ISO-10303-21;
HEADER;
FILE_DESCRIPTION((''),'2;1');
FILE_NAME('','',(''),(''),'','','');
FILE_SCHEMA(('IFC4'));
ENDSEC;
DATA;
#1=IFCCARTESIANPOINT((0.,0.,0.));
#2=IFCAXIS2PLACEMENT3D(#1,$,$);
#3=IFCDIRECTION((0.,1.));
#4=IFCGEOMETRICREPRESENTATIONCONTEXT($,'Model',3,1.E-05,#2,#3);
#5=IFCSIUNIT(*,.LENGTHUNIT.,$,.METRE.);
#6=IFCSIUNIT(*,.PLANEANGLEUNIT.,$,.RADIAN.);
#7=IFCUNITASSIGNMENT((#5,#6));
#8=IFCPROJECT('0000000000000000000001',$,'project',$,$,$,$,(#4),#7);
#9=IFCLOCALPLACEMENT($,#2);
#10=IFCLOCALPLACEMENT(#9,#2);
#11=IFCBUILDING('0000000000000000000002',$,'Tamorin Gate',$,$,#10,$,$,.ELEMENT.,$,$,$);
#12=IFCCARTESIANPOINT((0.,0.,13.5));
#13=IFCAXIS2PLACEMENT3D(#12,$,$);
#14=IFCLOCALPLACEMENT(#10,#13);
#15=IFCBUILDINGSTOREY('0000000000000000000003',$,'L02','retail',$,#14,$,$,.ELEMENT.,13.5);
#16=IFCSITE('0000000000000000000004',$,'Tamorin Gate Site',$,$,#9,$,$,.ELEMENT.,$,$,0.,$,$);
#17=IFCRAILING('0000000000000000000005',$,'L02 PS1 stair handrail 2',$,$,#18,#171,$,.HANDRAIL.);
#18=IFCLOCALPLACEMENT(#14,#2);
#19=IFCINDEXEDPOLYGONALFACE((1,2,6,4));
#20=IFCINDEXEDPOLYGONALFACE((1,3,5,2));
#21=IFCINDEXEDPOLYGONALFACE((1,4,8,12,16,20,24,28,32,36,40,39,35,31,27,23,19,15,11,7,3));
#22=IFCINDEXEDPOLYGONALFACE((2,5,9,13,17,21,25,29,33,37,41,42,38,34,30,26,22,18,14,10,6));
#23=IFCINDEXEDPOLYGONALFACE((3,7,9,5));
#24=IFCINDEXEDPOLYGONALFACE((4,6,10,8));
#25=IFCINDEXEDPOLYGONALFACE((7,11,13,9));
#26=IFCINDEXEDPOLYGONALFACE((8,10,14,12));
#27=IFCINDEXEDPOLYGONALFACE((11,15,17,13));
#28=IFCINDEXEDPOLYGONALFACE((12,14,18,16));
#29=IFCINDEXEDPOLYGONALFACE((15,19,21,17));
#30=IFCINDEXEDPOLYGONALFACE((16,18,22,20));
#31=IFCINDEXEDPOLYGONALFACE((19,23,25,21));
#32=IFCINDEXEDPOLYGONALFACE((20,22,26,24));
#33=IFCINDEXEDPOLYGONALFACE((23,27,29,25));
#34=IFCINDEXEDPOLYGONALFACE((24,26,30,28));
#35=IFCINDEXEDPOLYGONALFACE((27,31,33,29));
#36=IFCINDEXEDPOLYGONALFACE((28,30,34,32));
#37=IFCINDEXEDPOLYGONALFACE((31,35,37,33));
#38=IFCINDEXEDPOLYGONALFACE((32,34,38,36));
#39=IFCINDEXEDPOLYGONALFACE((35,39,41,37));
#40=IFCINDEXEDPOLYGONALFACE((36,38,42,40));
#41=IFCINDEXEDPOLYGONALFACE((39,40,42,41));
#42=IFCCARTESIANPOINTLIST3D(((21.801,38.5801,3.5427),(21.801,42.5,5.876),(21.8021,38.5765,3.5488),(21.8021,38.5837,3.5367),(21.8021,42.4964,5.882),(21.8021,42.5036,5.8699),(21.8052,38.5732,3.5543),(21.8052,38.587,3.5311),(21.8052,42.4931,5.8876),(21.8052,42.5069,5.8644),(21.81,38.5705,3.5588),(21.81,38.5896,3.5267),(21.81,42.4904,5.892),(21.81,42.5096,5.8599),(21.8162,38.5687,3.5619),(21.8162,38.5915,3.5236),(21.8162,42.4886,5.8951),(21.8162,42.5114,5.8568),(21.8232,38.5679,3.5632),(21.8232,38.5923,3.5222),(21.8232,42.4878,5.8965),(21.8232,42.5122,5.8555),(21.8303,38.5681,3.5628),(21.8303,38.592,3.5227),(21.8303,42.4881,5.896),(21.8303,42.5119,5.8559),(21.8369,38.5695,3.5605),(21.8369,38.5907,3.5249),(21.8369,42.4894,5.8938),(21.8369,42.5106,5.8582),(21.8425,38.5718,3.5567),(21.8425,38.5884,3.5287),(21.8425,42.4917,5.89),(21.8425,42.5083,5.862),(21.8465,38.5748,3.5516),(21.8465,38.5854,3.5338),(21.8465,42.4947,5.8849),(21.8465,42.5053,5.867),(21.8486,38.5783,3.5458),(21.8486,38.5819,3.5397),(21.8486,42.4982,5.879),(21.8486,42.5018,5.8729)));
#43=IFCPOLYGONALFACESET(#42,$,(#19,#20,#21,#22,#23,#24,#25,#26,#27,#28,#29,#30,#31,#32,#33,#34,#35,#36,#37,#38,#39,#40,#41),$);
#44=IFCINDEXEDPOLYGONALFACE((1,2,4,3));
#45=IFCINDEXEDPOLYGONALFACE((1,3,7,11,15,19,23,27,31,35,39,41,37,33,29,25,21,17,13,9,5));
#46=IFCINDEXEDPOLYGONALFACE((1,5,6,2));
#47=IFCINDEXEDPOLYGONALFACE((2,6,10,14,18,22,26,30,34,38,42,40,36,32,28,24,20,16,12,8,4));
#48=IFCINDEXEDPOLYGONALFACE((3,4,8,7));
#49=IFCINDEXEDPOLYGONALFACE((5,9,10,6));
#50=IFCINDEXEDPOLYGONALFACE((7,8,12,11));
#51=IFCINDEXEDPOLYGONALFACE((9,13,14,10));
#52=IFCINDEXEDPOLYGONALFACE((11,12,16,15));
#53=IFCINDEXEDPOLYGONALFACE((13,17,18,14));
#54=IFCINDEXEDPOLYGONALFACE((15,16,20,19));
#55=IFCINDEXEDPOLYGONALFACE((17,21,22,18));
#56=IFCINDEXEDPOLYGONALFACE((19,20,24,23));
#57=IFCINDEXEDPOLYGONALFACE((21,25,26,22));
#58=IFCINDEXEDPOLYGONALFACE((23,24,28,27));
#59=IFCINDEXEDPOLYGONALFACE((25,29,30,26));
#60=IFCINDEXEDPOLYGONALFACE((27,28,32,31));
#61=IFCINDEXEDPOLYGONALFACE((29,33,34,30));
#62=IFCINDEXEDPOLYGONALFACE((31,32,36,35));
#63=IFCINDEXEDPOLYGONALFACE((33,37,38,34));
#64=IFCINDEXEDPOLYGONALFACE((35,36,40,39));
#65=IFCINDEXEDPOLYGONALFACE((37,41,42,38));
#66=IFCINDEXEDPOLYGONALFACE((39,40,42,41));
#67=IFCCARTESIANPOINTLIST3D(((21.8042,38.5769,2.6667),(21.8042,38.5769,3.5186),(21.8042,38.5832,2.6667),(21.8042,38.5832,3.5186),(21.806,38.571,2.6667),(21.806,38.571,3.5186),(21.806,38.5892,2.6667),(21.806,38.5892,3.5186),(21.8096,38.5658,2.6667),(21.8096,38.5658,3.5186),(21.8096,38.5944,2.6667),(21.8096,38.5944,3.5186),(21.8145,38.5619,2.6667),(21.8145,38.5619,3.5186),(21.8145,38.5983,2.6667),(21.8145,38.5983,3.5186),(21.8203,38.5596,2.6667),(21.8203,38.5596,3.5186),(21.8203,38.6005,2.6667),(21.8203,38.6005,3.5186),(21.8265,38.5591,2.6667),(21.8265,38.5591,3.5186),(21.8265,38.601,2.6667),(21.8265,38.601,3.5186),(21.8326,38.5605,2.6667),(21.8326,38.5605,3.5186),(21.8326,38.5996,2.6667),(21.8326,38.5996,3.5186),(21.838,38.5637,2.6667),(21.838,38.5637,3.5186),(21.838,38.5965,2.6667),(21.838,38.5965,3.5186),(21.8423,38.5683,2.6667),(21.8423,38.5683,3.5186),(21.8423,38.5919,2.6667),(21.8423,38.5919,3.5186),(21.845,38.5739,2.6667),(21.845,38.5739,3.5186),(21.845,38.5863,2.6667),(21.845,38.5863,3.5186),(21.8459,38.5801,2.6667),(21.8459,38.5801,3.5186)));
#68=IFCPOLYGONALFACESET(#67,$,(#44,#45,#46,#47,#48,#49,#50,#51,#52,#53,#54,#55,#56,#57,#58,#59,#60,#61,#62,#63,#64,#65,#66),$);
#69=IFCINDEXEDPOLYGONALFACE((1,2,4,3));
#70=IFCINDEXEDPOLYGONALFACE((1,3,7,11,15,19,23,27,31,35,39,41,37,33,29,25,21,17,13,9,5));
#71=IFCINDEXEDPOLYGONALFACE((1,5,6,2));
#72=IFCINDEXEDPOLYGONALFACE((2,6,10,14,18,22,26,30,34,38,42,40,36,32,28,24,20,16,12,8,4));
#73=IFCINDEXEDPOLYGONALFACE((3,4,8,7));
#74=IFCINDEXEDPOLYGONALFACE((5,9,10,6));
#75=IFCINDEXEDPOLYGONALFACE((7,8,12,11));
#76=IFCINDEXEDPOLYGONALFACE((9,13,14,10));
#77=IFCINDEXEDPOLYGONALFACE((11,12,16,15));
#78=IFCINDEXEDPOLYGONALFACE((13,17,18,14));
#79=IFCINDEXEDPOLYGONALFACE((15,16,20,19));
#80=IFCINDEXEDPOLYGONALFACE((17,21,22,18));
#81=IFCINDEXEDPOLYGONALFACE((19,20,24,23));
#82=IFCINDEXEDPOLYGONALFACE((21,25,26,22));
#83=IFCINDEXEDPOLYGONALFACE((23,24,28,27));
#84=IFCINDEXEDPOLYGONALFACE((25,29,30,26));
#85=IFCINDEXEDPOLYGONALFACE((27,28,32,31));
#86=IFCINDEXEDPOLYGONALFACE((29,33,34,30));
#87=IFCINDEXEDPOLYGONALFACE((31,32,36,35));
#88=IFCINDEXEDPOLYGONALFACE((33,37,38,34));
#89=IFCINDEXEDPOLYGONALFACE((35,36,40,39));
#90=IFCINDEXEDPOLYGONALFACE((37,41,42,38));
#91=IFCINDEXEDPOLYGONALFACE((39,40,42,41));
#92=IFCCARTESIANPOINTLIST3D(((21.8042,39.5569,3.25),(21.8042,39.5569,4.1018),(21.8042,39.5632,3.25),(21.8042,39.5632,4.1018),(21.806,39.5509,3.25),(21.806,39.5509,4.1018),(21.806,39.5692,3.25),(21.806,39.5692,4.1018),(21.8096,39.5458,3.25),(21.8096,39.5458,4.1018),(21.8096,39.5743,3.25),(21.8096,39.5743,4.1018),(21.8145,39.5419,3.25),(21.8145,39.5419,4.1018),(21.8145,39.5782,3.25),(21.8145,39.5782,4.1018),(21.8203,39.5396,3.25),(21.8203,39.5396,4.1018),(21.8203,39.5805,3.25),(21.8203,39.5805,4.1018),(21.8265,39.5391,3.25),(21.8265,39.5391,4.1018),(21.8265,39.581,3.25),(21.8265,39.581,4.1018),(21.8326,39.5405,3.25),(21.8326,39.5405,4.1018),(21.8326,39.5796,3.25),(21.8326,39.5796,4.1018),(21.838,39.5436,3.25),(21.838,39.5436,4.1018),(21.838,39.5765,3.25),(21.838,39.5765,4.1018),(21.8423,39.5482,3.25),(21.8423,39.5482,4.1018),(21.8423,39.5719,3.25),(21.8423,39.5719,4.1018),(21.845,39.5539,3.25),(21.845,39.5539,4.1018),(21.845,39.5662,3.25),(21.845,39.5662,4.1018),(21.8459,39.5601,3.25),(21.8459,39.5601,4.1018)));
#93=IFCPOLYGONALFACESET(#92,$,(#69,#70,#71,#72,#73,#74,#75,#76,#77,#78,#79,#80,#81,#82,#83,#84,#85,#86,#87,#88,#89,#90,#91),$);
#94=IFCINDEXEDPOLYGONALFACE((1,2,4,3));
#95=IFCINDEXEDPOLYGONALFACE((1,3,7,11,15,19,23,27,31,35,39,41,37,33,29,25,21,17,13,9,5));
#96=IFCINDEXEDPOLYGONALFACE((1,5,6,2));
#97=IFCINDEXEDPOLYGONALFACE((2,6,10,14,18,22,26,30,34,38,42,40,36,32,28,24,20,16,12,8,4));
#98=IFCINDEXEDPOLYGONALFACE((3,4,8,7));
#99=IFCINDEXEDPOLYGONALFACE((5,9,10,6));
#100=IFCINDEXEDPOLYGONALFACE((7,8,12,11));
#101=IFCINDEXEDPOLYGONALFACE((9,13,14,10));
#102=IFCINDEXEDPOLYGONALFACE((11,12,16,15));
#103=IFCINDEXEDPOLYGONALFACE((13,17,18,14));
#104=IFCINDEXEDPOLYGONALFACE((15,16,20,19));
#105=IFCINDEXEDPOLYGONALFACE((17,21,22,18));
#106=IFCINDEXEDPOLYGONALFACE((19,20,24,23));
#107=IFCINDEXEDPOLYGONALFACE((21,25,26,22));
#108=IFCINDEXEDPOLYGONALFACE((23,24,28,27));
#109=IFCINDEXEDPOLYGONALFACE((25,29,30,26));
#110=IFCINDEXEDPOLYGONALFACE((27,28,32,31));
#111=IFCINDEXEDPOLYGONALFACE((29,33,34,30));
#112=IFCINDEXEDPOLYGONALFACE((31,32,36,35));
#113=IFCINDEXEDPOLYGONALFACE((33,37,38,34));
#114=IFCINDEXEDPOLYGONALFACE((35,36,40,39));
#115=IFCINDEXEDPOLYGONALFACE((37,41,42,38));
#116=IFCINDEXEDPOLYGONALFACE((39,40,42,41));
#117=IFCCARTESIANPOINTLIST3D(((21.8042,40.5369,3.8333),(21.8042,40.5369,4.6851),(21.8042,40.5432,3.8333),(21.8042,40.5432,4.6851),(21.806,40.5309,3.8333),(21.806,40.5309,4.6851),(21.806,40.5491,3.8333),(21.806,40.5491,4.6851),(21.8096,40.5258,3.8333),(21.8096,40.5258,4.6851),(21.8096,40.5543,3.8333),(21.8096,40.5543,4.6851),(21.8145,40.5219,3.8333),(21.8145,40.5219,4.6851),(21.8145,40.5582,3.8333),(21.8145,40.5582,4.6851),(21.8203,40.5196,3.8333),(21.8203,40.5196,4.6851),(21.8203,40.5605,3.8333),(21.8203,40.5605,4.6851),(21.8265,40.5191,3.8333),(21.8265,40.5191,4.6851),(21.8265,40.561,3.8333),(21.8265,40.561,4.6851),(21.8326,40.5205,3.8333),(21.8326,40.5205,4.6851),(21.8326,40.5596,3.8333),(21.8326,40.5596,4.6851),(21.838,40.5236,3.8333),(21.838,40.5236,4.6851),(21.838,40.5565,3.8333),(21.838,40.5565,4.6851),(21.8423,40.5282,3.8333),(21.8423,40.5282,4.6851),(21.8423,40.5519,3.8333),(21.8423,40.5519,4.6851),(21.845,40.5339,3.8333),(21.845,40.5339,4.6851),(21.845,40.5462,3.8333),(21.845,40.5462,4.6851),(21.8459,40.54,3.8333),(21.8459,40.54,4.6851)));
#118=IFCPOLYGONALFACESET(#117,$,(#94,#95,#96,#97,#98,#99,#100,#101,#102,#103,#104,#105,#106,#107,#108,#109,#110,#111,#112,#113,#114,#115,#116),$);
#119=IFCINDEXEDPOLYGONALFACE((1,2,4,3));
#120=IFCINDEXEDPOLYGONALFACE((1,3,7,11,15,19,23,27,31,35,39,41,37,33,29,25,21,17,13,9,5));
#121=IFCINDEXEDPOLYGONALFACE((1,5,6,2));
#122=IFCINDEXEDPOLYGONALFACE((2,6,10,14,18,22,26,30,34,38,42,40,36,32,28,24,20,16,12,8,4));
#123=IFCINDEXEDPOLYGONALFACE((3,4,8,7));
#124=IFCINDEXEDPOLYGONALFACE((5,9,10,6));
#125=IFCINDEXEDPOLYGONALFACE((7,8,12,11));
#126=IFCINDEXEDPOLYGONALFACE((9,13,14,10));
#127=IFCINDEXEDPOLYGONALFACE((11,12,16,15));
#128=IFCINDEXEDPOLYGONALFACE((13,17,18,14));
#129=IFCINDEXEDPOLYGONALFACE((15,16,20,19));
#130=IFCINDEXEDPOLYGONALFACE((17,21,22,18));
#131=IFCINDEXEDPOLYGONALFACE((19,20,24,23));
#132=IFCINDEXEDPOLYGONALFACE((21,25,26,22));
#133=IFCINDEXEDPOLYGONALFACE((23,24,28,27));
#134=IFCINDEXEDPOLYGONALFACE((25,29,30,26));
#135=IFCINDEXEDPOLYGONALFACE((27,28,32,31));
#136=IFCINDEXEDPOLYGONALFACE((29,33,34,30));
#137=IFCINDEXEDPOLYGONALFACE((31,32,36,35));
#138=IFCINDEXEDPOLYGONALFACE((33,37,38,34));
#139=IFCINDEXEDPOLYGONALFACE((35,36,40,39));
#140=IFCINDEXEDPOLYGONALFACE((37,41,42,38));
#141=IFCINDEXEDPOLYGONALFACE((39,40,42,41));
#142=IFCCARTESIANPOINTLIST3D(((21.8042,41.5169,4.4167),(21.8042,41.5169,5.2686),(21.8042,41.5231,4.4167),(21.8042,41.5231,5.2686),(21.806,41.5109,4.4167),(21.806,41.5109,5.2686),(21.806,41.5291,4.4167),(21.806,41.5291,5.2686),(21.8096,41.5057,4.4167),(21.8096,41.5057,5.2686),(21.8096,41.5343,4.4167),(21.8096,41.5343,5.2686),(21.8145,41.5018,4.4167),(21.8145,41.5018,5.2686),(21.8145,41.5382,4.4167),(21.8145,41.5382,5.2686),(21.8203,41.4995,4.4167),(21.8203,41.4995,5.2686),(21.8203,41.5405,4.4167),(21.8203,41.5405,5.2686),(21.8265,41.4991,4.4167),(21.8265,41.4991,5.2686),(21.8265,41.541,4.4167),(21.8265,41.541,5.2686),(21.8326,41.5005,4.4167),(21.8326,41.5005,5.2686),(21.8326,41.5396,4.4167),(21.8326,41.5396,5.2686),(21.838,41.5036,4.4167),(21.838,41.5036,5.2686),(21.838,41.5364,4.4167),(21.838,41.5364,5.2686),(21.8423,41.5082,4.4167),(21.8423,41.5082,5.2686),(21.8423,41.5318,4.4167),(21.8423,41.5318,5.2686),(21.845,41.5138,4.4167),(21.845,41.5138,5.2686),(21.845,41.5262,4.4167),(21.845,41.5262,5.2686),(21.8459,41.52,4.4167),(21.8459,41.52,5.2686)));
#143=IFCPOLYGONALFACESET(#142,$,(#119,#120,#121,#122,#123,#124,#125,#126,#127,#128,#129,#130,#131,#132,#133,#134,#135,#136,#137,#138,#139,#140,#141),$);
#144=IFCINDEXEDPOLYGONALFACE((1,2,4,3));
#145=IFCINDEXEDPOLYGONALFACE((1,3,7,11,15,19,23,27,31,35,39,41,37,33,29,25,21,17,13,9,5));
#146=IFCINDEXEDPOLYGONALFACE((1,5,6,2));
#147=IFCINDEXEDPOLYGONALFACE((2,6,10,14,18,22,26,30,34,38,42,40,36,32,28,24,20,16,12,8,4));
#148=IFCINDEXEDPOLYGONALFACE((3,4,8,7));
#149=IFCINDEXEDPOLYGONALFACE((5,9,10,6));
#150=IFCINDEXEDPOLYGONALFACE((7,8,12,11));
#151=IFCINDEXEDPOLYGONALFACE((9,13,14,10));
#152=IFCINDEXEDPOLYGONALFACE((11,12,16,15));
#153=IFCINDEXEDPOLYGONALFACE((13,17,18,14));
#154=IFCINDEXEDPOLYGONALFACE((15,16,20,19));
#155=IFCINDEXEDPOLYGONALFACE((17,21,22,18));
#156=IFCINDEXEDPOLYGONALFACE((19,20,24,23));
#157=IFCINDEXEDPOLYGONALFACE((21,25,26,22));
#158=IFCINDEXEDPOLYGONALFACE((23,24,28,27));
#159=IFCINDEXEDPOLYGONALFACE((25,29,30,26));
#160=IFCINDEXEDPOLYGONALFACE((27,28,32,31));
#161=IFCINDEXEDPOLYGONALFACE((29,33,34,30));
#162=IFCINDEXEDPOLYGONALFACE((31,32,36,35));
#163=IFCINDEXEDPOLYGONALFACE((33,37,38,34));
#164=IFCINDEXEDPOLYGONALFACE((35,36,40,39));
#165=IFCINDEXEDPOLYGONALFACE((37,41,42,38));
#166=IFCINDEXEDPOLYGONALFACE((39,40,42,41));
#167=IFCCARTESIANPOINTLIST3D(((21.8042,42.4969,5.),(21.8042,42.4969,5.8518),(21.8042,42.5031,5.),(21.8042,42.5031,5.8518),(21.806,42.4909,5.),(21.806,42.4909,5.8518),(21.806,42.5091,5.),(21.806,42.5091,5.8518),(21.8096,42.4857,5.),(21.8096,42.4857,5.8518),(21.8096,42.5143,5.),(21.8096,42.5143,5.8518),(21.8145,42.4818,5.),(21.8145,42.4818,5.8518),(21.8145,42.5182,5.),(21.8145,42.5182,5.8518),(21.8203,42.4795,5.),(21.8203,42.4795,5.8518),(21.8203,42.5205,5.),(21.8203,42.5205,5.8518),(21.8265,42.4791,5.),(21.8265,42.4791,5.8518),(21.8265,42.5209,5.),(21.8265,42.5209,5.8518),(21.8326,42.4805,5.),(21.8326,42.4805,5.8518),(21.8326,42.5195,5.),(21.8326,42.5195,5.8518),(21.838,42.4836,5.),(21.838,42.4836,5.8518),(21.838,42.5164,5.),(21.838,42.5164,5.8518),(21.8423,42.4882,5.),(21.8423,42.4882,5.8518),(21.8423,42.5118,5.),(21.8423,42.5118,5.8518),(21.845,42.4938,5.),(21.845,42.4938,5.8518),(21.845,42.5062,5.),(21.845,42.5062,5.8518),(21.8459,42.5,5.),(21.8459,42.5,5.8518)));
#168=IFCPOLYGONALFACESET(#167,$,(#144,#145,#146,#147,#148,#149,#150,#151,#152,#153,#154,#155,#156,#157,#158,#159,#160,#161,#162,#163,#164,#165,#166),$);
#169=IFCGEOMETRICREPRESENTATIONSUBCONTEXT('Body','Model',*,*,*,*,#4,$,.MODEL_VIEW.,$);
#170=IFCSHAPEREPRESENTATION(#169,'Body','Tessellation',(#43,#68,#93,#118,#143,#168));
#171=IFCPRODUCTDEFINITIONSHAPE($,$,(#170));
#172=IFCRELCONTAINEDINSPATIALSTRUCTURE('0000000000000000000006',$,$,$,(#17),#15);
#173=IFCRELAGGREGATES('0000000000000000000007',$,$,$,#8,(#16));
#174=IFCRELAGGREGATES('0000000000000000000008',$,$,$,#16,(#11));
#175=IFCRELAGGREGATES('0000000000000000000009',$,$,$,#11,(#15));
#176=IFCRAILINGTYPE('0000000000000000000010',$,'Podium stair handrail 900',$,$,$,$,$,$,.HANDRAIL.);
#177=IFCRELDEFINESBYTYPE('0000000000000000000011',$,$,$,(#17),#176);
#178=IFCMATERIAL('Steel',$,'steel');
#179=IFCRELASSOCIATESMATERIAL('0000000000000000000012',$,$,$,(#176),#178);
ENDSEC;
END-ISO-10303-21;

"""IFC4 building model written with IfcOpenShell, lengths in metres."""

from ifc_helpers import new_model, si_unit, direction, frame, origin, origin_2d, place, context, subcontext, project, spatial, circle, extrude, material, type_object, element, save


model = new_model("IFC4")

# Units and contexts
model_context = context("Model", 3, precision=1e-05, world=origin(), true_north=direction((0.0, 1.0)))
body_context = subcontext(model_context, "Body", "Model", "MODEL_VIEW")
ifc_project = project(units=[si_unit("LENGTHUNIT", "METRE"), si_unit("PLANEANGLEUNIT", "RADIAN")], contexts=[model_context])

# Site, building, storey
site_placement = place(None, origin())
site = spatial("IfcSite", under=ifc_project, at=site_placement, Name="Tamorin Gate Site", CompositionType="ELEMENT", RefElevation=0.0)
building_placement = place(site_placement, origin())
building = spatial("IfcBuilding", under=site, at=building_placement, Name="Tamorin Gate", CompositionType="ELEMENT")
storey_placement = place(building_placement, frame((0.0, 0.0, 13.5)))
storey = spatial("IfcBuildingStorey", under=building, at=storey_placement, Name="L02", Description="retail", CompositionType="ELEMENT", Elevation=13.5)

# Railing
ifc_material_1 = material(Name="Steel", Category="steel")
railing_type_1 = type_object("IfcRailingType", Name="Podium stair handrail 900", PredefinedType="HANDRAIL", material=ifc_material_1)
railing_1_placement = place(storey_placement, frame((21.825, 38.5801, 2.6667)))
element("IfcRailing", 1, at=railing_1_placement, inside=storey, type_object=railing_type_1, Name="L02 PS1 stair handrail 2", PredefinedType="HANDRAIL", context=body_context, shape_type="SweptSolid", body=[
    extrude(circle(Radius=0.0239, at=origin_2d()), frame((0.0, 0.0, 0.876), z_axis=(0.0, 0.859296, 0.511478), x_axis=(-1.0, 0.0, 0.0)), (0.0, 0.0, 1.0), 4.5618),
    extrude(circle(Radius=0.021, at=origin_2d()), origin(), (0.0, 0.0, 1.0), 0.8518),
    extrude(circle(Radius=0.021, at=origin_2d()), frame((0.0, 0.98, 0.5833)), (0.0, 0.0, 1.0), 0.8518),
    extrude(circle(Radius=0.021, at=origin_2d()), frame((0.0, 1.96, 1.1665)), (0.0, 0.0, 1.0), 0.8518),
    extrude(circle(Radius=0.021, at=origin_2d()), frame((0.0, 2.9399, 1.75)), (0.0, 0.0, 1.0), 0.8518),
    extrude(circle(Radius=0.021, at=origin_2d()), frame((0.0, 3.9199, 2.3333)), (0.0, 0.0, 1.0), 0.8518),
])

save(model, "model.ifc")
